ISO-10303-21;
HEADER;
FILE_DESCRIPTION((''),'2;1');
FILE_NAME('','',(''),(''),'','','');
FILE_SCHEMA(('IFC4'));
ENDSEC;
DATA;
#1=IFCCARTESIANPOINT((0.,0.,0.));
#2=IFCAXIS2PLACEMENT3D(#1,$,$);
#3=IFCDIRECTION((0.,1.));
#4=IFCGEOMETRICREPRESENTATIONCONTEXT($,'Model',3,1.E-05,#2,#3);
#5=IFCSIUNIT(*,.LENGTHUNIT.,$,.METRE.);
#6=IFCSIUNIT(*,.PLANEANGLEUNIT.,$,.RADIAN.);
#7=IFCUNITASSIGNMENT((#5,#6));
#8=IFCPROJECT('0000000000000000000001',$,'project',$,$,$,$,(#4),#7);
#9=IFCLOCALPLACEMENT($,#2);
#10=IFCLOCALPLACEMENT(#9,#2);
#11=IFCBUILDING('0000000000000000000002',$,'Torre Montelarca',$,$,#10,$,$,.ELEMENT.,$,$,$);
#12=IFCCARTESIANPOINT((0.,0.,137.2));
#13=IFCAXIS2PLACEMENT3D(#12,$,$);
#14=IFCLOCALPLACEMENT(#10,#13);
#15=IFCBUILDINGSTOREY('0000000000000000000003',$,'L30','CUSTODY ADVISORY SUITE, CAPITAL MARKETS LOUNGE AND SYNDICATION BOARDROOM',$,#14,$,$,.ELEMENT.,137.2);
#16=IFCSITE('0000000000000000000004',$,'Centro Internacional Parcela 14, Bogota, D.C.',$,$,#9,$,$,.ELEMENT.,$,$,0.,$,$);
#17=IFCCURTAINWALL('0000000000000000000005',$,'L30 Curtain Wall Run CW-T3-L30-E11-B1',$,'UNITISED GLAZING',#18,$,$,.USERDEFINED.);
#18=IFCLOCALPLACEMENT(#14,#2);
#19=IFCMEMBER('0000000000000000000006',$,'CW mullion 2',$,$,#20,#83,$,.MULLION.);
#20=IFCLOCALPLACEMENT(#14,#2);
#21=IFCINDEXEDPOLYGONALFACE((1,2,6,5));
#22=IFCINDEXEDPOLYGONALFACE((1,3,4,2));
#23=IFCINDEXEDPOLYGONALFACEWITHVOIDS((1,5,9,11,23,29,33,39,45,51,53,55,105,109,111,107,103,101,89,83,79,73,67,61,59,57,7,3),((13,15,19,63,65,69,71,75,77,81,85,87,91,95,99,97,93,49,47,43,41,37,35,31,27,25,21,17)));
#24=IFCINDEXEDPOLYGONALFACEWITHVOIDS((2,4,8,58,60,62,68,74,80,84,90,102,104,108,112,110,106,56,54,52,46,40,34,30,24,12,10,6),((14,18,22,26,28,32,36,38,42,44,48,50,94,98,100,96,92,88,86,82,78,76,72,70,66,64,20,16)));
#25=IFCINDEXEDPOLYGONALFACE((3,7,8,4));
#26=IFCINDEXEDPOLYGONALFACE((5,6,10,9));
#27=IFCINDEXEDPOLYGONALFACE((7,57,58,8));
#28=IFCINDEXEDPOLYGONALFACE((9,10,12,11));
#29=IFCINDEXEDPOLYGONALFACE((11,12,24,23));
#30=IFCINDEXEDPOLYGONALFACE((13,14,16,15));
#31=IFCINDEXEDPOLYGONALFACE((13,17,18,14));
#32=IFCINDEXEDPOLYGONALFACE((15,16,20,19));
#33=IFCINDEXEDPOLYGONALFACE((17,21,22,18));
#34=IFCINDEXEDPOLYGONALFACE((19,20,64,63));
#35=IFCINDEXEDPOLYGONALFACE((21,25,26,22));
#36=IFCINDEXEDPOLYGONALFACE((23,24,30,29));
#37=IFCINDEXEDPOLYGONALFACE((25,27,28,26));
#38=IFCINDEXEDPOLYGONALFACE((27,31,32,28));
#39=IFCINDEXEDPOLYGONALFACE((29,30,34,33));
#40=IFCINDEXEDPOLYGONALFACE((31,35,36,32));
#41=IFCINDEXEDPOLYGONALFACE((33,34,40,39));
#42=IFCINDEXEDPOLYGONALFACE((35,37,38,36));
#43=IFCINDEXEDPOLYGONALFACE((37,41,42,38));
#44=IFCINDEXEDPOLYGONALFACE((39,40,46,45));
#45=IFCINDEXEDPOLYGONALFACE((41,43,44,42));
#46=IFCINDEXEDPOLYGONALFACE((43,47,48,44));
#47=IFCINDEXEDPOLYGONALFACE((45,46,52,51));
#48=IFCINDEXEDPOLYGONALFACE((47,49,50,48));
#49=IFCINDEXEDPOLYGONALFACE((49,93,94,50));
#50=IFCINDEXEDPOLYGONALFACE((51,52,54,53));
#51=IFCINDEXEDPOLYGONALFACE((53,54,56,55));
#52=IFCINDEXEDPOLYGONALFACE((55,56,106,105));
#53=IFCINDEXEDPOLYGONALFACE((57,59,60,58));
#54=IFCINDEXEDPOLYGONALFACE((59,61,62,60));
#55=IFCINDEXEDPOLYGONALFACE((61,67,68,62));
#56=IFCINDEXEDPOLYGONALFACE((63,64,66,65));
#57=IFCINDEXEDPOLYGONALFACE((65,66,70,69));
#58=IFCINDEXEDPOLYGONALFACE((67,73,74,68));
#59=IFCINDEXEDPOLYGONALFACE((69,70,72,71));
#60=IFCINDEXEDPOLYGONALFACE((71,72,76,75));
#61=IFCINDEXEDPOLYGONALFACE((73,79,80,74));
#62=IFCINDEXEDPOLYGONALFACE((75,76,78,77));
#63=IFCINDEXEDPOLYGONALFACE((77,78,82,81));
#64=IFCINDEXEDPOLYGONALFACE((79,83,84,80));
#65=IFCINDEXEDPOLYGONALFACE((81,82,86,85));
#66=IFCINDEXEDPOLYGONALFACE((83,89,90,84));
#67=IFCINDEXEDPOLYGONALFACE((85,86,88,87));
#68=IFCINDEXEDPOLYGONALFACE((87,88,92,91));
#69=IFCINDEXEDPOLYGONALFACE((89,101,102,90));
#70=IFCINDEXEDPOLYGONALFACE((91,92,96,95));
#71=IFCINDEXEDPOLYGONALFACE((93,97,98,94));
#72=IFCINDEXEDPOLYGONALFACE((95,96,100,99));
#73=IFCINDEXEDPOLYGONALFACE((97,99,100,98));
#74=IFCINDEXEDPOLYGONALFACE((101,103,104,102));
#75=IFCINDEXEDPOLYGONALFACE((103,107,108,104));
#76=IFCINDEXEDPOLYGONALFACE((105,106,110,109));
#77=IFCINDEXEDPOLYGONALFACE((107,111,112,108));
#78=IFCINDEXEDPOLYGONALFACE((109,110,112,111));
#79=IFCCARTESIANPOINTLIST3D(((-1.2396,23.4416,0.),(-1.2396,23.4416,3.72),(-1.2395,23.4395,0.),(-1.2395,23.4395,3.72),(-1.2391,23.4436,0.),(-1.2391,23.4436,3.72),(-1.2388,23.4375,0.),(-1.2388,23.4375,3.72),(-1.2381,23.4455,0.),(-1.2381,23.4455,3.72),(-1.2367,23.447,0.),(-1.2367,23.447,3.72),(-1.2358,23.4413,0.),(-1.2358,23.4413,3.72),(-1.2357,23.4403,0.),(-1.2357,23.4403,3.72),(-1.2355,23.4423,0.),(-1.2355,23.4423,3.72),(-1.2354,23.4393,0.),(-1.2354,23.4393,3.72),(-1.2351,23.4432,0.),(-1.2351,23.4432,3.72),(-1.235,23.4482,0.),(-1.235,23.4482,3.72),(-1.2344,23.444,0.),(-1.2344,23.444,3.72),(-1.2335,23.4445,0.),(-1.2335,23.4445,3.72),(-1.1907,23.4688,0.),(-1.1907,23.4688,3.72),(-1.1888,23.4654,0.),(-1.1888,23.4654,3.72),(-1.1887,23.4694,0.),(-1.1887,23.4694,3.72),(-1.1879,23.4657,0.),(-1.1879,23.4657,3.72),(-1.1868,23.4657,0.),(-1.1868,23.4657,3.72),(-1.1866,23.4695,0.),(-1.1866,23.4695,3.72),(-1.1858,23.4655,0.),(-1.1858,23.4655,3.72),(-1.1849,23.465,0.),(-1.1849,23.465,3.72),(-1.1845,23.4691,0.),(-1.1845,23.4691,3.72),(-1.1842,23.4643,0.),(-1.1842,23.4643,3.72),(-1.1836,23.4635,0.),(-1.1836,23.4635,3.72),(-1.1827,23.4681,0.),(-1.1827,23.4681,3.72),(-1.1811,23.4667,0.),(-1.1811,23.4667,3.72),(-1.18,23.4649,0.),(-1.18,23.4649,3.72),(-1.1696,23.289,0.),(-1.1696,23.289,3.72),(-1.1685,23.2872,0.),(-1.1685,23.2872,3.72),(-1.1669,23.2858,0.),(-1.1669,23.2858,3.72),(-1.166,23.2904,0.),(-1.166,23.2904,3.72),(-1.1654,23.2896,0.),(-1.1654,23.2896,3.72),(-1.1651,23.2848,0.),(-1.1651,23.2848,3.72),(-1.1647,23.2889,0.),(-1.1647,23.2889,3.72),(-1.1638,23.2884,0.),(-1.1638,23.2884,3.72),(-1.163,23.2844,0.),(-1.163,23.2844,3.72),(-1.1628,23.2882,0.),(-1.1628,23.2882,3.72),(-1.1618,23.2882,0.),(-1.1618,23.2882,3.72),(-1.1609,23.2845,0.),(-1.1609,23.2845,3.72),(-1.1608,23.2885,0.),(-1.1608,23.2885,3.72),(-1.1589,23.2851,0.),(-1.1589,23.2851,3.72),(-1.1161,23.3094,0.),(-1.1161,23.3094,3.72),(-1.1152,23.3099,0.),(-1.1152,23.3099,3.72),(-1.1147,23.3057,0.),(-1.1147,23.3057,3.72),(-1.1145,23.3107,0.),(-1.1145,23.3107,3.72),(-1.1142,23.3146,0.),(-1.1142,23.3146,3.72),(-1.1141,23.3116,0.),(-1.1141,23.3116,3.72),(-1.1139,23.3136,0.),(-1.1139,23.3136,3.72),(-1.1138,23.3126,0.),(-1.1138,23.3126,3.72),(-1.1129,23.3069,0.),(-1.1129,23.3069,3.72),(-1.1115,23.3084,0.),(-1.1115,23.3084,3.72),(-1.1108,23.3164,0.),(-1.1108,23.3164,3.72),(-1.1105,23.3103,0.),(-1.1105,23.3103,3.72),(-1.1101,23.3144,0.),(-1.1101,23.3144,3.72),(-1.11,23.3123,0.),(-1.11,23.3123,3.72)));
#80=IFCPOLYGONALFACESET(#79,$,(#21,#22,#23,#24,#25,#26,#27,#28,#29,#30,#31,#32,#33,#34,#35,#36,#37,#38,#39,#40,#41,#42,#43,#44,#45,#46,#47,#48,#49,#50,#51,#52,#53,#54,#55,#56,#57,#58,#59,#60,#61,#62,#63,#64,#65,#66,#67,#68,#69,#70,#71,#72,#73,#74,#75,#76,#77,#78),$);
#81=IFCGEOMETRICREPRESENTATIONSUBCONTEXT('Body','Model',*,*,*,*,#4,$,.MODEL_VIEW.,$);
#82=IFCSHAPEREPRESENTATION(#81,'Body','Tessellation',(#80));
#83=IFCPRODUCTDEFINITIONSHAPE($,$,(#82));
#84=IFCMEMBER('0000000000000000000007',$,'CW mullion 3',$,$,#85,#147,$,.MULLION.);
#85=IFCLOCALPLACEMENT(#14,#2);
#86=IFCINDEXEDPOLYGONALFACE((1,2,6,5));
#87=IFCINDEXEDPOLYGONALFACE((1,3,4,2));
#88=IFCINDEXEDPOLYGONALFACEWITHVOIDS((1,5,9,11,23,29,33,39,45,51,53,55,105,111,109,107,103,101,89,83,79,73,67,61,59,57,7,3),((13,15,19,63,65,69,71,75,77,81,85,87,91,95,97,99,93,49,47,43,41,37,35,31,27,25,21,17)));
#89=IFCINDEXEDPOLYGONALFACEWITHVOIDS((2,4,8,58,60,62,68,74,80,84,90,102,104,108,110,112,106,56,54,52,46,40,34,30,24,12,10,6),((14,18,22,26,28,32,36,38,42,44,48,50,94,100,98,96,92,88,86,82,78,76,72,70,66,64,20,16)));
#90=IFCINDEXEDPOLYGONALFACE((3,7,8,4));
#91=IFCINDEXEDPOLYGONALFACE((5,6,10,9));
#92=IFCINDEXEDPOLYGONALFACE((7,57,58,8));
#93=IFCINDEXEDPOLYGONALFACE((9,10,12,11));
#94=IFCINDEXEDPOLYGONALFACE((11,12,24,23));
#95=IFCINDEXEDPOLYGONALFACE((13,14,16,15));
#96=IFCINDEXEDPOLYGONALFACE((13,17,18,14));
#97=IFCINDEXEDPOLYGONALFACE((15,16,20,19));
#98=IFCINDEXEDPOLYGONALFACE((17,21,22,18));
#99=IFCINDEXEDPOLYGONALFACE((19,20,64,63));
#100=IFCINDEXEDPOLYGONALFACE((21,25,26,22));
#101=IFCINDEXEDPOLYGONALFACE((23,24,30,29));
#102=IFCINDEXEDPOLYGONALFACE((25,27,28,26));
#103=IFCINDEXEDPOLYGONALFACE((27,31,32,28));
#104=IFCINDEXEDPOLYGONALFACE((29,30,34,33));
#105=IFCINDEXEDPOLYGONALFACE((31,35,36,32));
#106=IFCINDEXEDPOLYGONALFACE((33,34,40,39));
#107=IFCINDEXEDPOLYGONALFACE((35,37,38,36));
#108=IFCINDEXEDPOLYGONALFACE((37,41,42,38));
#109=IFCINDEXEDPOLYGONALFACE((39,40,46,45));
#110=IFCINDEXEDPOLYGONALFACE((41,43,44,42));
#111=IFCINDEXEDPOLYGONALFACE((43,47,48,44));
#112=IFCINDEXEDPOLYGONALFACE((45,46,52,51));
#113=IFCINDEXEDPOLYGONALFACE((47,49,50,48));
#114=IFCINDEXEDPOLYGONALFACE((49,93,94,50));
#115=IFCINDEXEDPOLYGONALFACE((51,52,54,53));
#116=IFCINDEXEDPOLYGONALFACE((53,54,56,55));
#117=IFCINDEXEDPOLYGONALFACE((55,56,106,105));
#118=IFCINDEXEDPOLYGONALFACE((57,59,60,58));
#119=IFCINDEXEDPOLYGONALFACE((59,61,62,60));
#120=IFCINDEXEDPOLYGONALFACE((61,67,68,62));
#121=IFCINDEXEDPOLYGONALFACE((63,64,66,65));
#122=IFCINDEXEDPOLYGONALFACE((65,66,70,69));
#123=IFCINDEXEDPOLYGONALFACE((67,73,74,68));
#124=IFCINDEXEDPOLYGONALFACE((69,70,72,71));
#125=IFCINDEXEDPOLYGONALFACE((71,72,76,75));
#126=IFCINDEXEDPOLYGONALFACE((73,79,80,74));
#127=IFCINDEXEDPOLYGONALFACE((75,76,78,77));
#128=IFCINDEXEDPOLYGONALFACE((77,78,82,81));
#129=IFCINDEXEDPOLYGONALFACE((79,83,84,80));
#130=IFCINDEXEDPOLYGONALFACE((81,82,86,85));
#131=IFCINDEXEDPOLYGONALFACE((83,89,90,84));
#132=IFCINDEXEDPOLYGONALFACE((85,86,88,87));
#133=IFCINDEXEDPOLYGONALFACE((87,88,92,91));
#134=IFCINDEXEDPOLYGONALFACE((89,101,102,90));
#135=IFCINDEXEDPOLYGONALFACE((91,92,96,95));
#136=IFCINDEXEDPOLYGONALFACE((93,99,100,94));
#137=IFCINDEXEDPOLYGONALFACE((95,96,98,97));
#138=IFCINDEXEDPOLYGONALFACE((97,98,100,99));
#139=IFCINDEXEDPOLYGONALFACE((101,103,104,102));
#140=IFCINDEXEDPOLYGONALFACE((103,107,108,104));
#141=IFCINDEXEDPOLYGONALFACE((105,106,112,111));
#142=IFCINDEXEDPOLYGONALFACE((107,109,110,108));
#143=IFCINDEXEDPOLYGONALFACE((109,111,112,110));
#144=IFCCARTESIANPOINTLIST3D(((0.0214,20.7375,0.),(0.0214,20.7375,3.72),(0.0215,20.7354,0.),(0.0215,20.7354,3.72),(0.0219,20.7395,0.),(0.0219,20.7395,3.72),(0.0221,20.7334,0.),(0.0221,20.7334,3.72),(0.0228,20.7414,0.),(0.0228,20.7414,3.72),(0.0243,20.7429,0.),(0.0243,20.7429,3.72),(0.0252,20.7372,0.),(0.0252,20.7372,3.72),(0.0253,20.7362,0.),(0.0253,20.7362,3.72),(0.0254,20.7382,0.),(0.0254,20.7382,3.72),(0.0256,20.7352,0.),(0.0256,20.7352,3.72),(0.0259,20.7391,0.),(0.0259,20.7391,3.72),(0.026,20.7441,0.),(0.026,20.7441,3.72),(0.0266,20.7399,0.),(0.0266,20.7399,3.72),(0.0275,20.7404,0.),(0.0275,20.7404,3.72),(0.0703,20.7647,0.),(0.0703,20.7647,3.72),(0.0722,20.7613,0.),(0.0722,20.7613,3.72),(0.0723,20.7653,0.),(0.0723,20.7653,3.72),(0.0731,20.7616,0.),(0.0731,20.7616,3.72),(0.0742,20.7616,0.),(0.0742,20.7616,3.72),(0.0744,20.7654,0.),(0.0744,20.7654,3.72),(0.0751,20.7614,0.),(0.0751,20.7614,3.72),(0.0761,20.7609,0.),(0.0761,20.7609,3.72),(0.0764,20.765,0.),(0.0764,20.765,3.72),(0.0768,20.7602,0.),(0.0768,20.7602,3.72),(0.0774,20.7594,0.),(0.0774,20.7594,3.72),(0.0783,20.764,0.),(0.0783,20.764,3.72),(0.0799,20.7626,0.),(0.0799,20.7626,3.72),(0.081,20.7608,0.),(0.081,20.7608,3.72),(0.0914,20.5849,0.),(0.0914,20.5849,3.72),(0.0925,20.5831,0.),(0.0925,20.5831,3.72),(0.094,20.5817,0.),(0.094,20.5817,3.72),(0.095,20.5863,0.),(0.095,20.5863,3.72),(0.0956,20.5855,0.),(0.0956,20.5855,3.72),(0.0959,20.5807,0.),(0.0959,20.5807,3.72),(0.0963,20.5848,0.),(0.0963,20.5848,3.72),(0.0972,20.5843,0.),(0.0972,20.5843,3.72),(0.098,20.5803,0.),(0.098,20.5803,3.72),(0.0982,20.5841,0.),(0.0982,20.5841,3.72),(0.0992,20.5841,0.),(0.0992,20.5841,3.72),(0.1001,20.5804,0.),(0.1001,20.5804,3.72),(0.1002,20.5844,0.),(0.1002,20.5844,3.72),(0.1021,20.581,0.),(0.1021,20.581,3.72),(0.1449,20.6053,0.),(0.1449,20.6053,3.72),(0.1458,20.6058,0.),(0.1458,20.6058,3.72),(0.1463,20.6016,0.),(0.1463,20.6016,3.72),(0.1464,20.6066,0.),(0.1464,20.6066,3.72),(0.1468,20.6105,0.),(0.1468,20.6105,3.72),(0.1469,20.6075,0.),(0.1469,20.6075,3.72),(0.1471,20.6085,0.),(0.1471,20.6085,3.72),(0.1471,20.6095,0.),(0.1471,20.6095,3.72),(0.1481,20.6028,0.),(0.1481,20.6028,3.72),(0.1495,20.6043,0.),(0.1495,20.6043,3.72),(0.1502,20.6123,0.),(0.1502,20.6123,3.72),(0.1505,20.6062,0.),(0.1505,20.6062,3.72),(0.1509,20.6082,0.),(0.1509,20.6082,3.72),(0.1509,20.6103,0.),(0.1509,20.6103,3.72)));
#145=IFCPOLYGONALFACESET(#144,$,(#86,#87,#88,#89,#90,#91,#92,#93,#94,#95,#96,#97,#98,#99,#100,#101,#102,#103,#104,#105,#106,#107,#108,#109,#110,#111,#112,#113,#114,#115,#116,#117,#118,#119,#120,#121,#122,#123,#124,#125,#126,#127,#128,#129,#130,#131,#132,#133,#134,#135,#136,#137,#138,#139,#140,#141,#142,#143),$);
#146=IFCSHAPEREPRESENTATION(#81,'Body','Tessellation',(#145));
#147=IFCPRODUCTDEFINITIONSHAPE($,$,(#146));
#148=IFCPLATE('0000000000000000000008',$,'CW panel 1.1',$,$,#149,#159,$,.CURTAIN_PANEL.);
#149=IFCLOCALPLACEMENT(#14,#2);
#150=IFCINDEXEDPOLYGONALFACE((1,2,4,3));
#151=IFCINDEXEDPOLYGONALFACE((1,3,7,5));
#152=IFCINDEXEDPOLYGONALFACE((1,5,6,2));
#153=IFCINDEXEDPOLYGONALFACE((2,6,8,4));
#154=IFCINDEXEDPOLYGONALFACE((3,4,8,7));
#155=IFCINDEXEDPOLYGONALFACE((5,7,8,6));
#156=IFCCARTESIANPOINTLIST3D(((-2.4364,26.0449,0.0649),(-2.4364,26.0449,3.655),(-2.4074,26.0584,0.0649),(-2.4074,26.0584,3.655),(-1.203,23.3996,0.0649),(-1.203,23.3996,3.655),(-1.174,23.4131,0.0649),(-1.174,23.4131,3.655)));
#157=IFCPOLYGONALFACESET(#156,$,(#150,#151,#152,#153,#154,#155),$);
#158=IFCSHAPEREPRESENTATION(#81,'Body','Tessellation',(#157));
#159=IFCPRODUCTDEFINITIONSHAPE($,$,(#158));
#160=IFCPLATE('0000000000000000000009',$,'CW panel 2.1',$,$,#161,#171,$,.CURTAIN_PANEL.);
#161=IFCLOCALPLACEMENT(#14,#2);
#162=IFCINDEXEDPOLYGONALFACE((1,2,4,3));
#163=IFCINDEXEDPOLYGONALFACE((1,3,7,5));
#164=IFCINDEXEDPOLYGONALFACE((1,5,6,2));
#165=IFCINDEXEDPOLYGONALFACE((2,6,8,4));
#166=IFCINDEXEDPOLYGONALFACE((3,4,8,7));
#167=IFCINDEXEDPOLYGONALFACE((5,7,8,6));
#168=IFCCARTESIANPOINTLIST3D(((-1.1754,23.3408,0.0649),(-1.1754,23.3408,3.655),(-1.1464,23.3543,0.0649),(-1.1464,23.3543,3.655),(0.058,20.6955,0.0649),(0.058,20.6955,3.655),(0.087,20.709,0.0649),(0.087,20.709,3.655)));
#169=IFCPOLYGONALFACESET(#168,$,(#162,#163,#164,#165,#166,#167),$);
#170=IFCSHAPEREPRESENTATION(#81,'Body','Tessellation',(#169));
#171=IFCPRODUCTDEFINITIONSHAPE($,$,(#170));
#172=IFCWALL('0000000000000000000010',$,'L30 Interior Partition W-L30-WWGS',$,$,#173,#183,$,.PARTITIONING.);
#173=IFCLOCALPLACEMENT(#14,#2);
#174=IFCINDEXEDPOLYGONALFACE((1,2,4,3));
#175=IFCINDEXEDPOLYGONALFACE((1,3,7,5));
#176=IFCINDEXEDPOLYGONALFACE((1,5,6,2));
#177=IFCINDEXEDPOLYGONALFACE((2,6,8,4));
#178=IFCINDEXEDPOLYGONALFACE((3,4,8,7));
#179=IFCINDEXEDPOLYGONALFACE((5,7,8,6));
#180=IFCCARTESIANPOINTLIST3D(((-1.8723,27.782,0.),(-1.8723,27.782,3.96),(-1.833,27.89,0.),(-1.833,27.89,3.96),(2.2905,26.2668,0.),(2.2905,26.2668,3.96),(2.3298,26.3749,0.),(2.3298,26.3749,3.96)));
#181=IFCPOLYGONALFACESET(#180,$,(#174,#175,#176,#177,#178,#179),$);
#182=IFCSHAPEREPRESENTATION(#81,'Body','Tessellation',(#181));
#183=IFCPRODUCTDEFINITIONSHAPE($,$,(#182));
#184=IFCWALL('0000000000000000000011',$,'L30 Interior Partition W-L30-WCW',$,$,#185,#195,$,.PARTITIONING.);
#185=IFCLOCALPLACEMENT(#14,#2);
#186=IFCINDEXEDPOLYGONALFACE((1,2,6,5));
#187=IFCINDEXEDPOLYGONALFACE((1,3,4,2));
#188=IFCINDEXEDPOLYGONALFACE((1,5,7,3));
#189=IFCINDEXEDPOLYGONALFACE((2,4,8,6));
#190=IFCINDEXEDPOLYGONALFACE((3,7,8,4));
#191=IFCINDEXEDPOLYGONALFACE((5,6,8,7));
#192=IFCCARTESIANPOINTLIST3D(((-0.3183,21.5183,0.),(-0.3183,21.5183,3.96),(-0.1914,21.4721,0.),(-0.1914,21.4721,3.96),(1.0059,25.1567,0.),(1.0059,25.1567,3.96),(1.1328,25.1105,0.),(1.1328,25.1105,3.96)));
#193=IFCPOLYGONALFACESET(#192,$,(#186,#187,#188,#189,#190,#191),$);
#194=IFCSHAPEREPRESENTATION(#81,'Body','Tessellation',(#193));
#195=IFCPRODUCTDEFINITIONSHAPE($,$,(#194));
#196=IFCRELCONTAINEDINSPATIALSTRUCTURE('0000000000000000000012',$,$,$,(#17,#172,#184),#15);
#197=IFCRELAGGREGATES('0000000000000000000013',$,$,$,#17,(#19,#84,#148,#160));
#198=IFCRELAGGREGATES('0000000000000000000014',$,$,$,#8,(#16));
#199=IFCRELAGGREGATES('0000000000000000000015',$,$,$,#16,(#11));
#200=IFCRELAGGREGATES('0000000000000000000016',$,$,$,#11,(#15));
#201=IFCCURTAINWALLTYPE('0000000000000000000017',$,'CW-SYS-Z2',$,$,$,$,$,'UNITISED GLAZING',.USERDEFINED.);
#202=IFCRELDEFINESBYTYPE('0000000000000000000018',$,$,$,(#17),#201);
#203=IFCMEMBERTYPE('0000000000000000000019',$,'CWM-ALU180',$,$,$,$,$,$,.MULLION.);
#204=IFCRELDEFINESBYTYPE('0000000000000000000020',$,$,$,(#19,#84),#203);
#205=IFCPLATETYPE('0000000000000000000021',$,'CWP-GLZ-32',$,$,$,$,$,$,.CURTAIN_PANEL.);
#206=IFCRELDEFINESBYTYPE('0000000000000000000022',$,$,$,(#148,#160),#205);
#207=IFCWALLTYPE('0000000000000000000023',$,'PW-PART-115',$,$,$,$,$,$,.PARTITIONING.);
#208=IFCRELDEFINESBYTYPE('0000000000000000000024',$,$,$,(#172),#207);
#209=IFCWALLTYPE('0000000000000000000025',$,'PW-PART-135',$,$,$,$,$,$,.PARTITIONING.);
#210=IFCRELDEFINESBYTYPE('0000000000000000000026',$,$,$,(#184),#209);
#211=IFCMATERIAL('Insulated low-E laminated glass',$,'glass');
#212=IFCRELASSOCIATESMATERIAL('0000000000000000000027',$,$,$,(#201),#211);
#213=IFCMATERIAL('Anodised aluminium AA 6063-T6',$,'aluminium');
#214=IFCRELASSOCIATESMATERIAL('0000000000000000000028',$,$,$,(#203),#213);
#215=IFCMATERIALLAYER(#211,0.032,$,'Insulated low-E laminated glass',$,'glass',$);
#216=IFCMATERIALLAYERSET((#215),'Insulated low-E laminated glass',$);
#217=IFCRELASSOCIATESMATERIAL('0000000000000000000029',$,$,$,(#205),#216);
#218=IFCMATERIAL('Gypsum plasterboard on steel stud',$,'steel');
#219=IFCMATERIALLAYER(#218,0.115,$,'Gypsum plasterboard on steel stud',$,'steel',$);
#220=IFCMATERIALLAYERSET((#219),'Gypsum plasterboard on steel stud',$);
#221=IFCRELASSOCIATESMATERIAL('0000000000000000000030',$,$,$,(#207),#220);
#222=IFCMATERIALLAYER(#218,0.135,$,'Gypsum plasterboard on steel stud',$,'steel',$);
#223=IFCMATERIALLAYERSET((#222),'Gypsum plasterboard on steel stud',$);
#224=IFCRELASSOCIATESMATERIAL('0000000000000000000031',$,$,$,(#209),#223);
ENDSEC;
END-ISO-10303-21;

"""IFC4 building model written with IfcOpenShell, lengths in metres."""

from ifc_helpers import new_model, si_unit, direction, frame, frame_2d, origin, origin_2d, place, context, subcontext, project, spatial, rectangle, hollow_rectangle, extrude, source, transform, mapped, material, layer, layer_set, material_profile, profile_set, type_object, element, aggregate, save


model = new_model("IFC4")

# Units and contexts
model_context = context("Model", 3, precision=1e-05, world=origin(), true_north=direction((0.0, 1.0)))
body_context = subcontext(model_context, "Body", "Model", "MODEL_VIEW")
ifc_project = project(units=[si_unit("LENGTHUNIT", "METRE"), si_unit("PLANEANGLEUNIT", "RADIAN")], contexts=[model_context])

# Site, building, storey
site_placement = place(None, origin())
site = spatial("IfcSite", under=ifc_project, at=site_placement, Name="Centro Internacional Parcela 14, Bogota, D.C.", CompositionType="ELEMENT", RefElevation=0.0)
building_placement = place(site_placement, origin())
building = spatial("IfcBuilding", under=site, at=building_placement, Name="Torre Montelarca", CompositionType="ELEMENT")
storey_placement = place(building_placement, frame((0.0, 0.0, 137.2)))
storey = spatial("IfcBuildingStorey", under=building, at=storey_placement, Name="L30", Description="CUSTODY ADVISORY SUITE, CAPITAL MARKETS LOUNGE AND SYNDICATION BOARDROOM", CompositionType="ELEMENT", Elevation=137.2)

# Curtain wall
ifc_material_1 = material(Name="Insulated low-E laminated glass", Category="glass")
curtain_wall_type = type_object("IfcCurtainWallType", Name="CW-SYS-Z2", ElementType="UNITISED GLAZING", PredefinedType="USERDEFINED", material=ifc_material_1)
curtain_wall_1_placement = place(storey_placement, origin())
curtain_wall_1 = element("IfcCurtainWall", 1, at=curtain_wall_1_placement, inside=storey, type_object=curtain_wall_type, Name="L30 Curtain Wall Run CW-T3-L30-E11-B1", ObjectType="UNITISED GLAZING", PredefinedType="USERDEFINED")
ifc_material_2 = material(Name="Anodised aluminium AA 6063-T6", Category="aluminium")

# Shared definitions
ifc_material_profile_1 = material_profile(ifc_material_2, hollow_rectangle(XDim=0.0649, YDim=0.1799, WallThickness=0.0039, InnerFilletRadius=0.0039, OuterFilletRadius=0.0081, at=origin_2d()), Name="ALU65X180X4", Category="aluminium")
ifc_profile_set_1 = profile_set([ifc_material_profile_1], Name="Anodised aluminium AA 6063-T6")
member_type_1 = type_object("IfcMemberType", Name="CWM-ALU180", PredefinedType="MULLION", material=ifc_profile_set_1)
shared_shape_1 = source(origin(), body_context, "Body", "SweptSolid", [
    extrude(hollow_rectangle(XDim=0.0649, YDim=0.1799, WallThickness=0.0039, InnerFilletRadius=0.0039, OuterFilletRadius=0.0081, at=origin_2d()), origin(), (0.0, 0.0, 1.0), 3.72),
])

# Members
member_1_placement = place(storey_placement, frame((-1.1748, 23.377, 0.0), z_axis=(0.0, 0.0, 1.0), x_axis=(0.906317, 0.422598, 0.0)))
member_1 = element("IfcMember", 2, at=member_1_placement, type_object=member_type_1, Name="CW mullion 2", PredefinedType="MULLION", context=body_context, shape_type="MappedRepresentation", body=[
    mapped(shared_shape_1, transform((0.0, 0.0, 0.0), scale=1.0)),
])
member_2_placement = place(storey_placement, frame((0.0862, 20.6729, 0.0), z_axis=(0.0, 0.0, 1.0), x_axis=(0.906317, 0.422598, 0.0)))
member_2 = element("IfcMember", 3, at=member_2_placement, type_object=member_type_1, Name="CW mullion 3", PredefinedType="MULLION", context=body_context, shape_type="MappedRepresentation", body=[
    mapped(shared_shape_1, transform((0.0, 0.0, 0.0), scale=1.0)),
])

# Plates
ifc_layer_1 = layer(ifc_material_1, 0.032, Name="Insulated low-E laminated glass", Category="glass")
ifc_layer_set_1 = layer_set([ifc_layer_1], Name="Insulated low-E laminated glass")
plate_type = type_object("IfcPlateType", Name="CWP-GLZ-32", PredefinedType="CURTAIN_PANEL", material=ifc_layer_set_1)
shared_shape_2 = source(origin(), body_context, "Body", "SweptSolid", [
    extrude(rectangle(XDim=2.9187, YDim=0.032, at=origin_2d()), origin(), (0.0, 0.0, 1.0), 3.5901),
])
plate_1_placement = place(storey_placement, frame((-1.8052, 24.729, 0.0649), z_axis=(0.0, 0.0, 1.0), x_axis=(0.422598, -0.906317, 0.0)))
plate_1 = element("IfcPlate", 4, at=plate_1_placement, type_object=plate_type, Name="CW panel 1.1", PredefinedType="CURTAIN_PANEL", context=body_context, shape_type="MappedRepresentation", body=[
    mapped(shared_shape_2, transform((0.0, 0.0, 0.0), scale=1.0)),
])
plate_2_placement = place(storey_placement, frame((-0.5442, 22.0249, 0.0649), z_axis=(0.0, 0.0, 1.0), x_axis=(0.422598, -0.906317, 0.0)))
plate_2 = element("IfcPlate", 5, at=plate_2_placement, type_object=plate_type, Name="CW panel 2.1", PredefinedType="CURTAIN_PANEL", context=body_context, shape_type="MappedRepresentation", body=[
    mapped(shared_shape_2, transform((0.0, 0.0, 0.0), scale=1.0)),
])
aggregate(curtain_wall_1, [member_1, member_2, plate_1, plate_2])

# Shared definitions
ifc_material_3 = material(Name="Gypsum plasterboard on steel stud", Category="steel")

# Walls
ifc_layer_2 = layer(ifc_material_3, 0.115, Name="Gypsum plasterboard on steel stud", Category="steel")
ifc_layer_set_2 = layer_set([ifc_layer_2], Name="Gypsum plasterboard on steel stud")
wall_type_1 = type_object("IfcWallType", Name="PW-PART-115", PredefinedType="PARTITIONING", material=ifc_layer_set_2)
wall_1_placement = place(storey_placement, frame((-1.8525, 27.8359, 0.0), z_axis=(0.0, 0.0, 1.0), x_axis=(0.939694, -0.342017, 0.0)))
element("IfcWall", 6, at=wall_1_placement, inside=storey, type_object=wall_type_1, Name="L30 Interior Partition W-L30-WWGS", PredefinedType="PARTITIONING", context=body_context, shape_type="SweptSolid", body=[
    extrude(rectangle(XDim=4.4299, YDim=0.115, at=frame_2d((2.2148, 0.0))), origin(), (0.0, 0.0, 1.0), 3.96),
])
ifc_layer_3 = layer(ifc_material_3, 0.135, Name="Gypsum plasterboard on steel stud", Category="steel")
ifc_layer_set_3 = layer_set([ifc_layer_3], Name="Gypsum plasterboard on steel stud")
wall_type_2 = type_object("IfcWallType", Name="PW-PART-135", PredefinedType="PARTITIONING", material=ifc_layer_set_3)
wall_2_placement = place(storey_placement, frame((-0.2549, 21.4951, 0.0), z_axis=(0.0, 0.0, 1.0), x_axis=(0.342006, 0.939698, 0.0)))
element("IfcWall", 7, at=wall_2_placement, inside=storey, type_object=wall_type_2, Name="L30 Interior Partition W-L30-WCW", PredefinedType="PARTITIONING", context=body_context, shape_type="SweptSolid", body=[
    extrude(rectangle(XDim=3.8718, YDim=0.135, at=frame_2d((1.936, 0.0))), origin(), (0.0, 0.0, 1.0), 3.96),
])

save(model, "model.ifc")
